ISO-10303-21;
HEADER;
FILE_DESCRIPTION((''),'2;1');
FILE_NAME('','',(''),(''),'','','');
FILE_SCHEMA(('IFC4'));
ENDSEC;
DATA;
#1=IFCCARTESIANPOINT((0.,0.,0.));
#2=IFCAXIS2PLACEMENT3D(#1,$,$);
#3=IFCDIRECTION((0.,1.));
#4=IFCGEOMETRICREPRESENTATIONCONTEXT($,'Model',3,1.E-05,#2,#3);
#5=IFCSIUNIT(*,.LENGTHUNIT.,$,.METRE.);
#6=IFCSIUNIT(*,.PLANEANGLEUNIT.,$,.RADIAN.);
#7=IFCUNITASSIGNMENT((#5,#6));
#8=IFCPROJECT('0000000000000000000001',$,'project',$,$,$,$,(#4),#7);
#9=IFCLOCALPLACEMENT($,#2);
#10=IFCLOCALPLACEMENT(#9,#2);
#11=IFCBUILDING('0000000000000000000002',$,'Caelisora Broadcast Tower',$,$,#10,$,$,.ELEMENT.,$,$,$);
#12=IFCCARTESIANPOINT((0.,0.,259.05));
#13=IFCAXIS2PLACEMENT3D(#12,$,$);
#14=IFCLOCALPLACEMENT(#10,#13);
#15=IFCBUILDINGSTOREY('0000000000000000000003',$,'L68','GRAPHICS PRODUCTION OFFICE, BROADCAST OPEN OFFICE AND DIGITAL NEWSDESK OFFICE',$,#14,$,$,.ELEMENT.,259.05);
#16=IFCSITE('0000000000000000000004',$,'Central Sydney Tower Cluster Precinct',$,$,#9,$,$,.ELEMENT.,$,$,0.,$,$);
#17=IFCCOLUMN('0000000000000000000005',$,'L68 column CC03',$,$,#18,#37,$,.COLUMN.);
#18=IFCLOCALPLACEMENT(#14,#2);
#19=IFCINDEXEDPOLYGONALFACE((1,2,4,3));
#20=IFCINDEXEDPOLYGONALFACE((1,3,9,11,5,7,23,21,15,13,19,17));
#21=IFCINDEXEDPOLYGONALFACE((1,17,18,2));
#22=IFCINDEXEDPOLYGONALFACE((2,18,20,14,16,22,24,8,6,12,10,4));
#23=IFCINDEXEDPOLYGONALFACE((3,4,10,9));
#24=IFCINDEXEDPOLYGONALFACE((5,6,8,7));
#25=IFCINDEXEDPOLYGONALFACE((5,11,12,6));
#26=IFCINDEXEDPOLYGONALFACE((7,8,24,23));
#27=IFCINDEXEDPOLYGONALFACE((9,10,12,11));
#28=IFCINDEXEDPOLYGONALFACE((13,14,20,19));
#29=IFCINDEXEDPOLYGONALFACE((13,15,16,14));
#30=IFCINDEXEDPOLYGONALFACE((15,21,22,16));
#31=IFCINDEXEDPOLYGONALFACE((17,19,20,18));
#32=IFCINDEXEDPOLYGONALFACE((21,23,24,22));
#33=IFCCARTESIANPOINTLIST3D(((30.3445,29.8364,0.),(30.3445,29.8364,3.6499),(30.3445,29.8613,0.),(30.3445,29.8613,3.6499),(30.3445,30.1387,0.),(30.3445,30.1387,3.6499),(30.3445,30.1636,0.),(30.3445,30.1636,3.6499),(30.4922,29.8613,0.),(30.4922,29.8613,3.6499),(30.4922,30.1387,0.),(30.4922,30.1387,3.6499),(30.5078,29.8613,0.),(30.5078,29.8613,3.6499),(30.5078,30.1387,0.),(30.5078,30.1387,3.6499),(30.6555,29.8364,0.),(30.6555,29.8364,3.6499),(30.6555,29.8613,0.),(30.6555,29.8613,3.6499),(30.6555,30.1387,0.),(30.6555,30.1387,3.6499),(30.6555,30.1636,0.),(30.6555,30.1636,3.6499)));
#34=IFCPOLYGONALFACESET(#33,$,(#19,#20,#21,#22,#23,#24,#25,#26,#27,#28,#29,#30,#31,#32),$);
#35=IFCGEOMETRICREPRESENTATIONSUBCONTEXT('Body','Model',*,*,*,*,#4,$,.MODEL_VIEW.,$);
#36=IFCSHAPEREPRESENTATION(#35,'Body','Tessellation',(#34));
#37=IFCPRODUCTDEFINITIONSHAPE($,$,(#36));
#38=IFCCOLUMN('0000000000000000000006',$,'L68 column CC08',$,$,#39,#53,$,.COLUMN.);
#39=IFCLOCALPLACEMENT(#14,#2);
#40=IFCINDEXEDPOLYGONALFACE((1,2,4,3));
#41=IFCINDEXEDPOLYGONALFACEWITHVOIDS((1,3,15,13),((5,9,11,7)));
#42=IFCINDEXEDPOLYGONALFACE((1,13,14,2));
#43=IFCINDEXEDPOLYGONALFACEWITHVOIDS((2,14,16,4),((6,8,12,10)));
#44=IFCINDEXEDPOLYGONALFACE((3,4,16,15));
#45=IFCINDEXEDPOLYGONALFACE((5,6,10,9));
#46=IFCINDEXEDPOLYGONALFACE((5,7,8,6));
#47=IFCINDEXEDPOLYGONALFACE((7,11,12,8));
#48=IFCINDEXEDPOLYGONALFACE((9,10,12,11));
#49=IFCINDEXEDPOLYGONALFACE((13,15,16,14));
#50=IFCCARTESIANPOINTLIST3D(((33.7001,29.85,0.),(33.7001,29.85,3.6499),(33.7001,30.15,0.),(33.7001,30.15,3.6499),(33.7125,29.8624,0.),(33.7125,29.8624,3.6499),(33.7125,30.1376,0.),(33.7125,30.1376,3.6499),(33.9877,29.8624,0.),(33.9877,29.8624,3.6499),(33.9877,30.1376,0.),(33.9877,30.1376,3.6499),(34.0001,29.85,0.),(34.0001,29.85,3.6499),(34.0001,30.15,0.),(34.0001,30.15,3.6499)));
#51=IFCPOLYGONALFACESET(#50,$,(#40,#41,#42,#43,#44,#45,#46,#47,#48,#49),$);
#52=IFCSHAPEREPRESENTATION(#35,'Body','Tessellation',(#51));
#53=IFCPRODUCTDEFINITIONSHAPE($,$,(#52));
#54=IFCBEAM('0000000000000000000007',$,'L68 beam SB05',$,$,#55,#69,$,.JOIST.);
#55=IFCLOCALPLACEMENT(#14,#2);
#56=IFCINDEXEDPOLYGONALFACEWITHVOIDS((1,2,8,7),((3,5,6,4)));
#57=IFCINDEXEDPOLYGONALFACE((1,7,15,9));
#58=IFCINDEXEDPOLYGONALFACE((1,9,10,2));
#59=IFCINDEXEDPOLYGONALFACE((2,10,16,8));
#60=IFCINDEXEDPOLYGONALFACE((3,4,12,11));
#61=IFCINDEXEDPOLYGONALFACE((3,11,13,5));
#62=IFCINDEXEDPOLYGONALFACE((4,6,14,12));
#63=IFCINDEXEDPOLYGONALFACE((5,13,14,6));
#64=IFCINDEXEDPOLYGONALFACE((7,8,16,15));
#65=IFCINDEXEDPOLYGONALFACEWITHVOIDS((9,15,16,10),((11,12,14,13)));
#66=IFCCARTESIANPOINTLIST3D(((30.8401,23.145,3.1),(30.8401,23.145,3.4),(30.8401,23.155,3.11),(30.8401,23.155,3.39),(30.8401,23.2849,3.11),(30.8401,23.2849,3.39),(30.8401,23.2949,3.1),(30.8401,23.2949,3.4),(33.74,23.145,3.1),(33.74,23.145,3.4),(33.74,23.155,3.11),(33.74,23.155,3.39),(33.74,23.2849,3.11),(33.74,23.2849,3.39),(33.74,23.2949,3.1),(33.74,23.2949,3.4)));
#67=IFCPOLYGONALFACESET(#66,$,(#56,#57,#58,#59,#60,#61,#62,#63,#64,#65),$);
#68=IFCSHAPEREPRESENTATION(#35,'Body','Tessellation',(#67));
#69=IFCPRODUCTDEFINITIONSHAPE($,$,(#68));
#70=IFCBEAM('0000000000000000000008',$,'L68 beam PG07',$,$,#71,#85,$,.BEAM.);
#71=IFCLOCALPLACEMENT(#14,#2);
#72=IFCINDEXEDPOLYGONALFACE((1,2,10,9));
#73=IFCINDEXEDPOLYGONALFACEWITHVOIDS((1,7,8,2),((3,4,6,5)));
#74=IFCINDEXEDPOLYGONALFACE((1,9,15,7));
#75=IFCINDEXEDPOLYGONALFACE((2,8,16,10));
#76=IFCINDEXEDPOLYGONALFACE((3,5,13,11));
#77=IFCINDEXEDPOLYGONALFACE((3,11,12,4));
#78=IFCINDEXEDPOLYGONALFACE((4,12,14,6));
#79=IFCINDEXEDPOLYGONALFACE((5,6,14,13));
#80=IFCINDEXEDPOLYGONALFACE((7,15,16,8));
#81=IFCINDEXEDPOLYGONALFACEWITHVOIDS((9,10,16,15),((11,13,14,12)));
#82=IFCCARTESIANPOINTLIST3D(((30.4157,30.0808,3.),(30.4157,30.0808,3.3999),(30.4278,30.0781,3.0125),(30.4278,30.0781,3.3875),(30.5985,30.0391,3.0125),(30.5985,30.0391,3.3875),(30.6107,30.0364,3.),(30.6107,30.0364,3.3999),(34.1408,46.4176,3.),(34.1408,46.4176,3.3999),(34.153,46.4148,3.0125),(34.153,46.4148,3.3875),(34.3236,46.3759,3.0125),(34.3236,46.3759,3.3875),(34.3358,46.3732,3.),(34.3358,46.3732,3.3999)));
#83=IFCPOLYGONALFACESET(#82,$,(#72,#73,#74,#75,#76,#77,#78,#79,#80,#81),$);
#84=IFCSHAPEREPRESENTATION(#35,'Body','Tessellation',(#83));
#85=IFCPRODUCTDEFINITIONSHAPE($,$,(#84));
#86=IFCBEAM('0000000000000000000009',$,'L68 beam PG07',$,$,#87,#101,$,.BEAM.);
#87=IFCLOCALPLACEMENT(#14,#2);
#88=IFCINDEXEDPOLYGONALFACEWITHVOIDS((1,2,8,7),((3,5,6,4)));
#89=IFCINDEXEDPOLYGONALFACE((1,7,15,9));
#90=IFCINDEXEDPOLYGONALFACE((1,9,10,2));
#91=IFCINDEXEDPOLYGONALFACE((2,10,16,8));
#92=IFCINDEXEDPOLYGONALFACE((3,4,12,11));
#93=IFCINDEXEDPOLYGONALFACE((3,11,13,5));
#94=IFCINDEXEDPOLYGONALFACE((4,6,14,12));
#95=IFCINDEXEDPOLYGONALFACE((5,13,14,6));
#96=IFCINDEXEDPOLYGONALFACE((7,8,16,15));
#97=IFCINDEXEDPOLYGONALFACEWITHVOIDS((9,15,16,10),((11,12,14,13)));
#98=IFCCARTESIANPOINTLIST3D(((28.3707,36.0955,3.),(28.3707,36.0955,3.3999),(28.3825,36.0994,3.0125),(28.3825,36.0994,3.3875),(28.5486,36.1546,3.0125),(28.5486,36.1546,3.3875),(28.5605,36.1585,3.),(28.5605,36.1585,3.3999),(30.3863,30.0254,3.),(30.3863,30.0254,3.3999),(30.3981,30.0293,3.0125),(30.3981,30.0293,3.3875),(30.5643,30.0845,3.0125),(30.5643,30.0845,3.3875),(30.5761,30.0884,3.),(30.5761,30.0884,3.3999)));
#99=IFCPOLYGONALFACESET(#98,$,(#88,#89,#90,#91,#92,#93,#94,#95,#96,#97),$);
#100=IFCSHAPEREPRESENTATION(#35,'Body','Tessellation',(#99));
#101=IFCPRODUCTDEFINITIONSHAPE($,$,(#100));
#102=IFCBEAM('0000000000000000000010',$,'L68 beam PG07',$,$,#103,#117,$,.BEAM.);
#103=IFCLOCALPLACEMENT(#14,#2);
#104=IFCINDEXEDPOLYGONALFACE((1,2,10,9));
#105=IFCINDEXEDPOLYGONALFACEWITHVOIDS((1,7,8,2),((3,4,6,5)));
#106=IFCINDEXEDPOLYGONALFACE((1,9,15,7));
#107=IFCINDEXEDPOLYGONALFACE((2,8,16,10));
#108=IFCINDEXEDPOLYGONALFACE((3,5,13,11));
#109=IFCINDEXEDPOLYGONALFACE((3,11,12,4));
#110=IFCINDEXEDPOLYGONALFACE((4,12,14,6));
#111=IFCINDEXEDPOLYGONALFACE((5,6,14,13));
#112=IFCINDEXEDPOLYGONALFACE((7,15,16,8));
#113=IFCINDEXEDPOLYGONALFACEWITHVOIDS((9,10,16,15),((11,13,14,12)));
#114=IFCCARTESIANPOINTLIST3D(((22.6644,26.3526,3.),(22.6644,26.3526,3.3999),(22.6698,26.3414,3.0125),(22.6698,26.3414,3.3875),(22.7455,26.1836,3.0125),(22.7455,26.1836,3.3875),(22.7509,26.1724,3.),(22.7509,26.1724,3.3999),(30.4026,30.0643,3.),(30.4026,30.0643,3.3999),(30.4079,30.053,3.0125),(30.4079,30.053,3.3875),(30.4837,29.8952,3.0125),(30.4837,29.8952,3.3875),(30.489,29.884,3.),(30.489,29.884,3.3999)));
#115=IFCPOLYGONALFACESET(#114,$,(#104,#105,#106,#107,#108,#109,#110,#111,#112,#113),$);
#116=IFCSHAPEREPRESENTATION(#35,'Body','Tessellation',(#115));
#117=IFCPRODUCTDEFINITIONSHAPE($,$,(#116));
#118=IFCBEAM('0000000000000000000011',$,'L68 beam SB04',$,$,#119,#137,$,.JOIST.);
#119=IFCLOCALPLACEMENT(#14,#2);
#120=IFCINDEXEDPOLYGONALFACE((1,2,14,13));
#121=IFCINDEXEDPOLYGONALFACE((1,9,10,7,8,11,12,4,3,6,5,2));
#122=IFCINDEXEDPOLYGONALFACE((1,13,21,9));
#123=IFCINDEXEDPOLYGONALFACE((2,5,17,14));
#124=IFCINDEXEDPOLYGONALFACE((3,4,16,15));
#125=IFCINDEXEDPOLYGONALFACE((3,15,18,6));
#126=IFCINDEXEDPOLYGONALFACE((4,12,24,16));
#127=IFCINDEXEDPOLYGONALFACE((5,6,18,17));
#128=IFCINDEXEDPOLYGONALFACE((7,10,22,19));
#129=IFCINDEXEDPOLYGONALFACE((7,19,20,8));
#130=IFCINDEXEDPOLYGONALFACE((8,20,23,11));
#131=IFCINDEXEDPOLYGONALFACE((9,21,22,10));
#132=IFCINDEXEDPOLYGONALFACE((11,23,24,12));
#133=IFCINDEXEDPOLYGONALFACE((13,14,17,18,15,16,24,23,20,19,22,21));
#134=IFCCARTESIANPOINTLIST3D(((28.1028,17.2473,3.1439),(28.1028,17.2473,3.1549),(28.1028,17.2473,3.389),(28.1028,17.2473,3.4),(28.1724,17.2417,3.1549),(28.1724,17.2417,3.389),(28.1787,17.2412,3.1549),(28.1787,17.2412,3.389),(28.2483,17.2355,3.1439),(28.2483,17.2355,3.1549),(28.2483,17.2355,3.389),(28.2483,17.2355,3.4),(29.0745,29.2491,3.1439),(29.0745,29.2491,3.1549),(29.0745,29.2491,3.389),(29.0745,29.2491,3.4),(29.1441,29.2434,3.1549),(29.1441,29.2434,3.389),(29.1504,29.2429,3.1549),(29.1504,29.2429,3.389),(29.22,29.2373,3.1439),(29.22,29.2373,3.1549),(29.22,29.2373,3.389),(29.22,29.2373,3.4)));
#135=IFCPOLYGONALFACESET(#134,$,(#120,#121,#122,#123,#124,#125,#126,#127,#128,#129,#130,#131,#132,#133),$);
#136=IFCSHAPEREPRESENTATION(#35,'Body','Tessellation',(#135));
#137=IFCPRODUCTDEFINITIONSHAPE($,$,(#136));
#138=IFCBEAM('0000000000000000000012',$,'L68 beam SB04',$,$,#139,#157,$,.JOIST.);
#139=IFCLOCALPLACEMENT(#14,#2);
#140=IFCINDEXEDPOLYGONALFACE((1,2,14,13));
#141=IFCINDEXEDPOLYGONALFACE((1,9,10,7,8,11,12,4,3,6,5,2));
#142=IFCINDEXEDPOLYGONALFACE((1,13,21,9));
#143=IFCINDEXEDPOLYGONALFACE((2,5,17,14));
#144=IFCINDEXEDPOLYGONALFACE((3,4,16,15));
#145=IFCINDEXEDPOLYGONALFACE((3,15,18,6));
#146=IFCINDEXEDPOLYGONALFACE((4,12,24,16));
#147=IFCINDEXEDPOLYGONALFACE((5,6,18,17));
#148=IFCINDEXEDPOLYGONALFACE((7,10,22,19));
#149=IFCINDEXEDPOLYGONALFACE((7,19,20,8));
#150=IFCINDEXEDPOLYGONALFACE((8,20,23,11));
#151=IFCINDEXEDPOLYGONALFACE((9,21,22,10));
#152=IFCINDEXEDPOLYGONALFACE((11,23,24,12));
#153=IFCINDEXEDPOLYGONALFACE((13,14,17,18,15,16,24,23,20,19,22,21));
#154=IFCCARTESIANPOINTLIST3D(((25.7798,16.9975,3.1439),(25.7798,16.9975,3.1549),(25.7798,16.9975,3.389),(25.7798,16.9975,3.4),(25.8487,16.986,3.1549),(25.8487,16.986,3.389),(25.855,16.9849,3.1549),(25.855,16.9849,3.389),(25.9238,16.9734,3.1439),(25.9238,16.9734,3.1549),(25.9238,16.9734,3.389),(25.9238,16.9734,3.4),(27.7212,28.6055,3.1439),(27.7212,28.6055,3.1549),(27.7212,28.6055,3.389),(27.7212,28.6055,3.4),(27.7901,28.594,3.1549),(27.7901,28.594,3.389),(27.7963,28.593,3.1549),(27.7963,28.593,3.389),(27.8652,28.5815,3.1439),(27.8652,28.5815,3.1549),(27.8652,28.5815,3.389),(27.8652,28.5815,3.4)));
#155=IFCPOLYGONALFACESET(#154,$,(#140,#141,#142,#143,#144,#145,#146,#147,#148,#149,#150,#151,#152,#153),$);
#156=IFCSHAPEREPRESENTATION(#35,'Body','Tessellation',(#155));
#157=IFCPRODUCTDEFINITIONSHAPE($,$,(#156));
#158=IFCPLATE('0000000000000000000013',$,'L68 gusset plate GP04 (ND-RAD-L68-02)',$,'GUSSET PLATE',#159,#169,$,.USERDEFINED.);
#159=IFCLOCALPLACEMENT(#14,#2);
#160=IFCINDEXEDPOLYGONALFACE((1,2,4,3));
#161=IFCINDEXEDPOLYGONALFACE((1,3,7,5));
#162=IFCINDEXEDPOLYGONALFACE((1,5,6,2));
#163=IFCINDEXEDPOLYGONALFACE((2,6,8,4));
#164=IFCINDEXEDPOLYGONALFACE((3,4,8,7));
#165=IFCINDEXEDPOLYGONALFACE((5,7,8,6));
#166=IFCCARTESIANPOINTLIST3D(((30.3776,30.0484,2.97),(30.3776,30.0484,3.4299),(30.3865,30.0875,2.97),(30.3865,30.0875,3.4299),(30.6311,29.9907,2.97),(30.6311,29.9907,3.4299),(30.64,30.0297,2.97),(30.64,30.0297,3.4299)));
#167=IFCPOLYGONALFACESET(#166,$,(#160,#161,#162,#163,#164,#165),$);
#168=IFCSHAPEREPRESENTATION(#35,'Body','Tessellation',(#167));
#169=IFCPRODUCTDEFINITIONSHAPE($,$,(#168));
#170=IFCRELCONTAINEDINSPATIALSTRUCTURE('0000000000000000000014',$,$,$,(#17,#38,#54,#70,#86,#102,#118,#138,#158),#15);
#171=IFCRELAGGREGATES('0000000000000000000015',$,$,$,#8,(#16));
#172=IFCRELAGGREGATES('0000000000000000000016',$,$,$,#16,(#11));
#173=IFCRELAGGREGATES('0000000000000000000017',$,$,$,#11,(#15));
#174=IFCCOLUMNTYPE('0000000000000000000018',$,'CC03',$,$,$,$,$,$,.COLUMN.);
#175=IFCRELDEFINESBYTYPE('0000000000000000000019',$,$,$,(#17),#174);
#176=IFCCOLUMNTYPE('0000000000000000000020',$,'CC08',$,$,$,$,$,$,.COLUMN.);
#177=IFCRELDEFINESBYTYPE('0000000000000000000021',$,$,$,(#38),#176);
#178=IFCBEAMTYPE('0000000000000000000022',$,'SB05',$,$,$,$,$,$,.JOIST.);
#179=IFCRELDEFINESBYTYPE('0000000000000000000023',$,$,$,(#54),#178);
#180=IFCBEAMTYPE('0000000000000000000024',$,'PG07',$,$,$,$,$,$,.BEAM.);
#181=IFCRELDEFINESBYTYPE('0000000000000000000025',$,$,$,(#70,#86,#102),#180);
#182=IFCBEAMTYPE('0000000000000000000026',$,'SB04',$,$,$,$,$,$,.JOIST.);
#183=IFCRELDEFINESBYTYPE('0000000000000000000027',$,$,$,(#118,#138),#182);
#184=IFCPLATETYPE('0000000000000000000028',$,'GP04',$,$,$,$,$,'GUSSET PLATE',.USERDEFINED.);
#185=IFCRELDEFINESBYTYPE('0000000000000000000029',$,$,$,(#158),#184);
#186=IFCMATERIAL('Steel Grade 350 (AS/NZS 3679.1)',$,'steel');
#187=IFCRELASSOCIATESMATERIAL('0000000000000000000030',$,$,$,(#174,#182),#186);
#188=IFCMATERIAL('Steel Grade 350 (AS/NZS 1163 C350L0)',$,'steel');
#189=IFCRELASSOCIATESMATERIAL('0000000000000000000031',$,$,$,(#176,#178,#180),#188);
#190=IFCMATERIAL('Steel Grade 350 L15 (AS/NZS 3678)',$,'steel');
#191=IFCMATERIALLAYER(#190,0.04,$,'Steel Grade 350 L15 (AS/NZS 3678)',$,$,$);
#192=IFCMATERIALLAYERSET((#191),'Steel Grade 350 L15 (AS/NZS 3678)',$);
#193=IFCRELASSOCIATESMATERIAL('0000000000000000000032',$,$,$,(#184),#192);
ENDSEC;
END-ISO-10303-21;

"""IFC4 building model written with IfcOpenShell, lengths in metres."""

from ifc_helpers import new_model, si_unit, direction, frame, origin, origin_2d, place, context, subcontext, project, spatial, rectangle, hollow_rectangle, i_section, extrude, source, transform, mapped, material, layer, layer_set, material_profile, profile_set, type_object, type_shapes, element, save


model = new_model("IFC4")

# Units and contexts
model_context = context("Model", 3, precision=1e-05, world=origin(), true_north=direction((0.0, 1.0)))
body_context = subcontext(model_context, "Body", "Model", "MODEL_VIEW")
ifc_project = project(units=[si_unit("LENGTHUNIT", "METRE"), si_unit("PLANEANGLEUNIT", "RADIAN")], contexts=[model_context])

# Site, building, storey
site_placement = place(None, origin())
site = spatial("IfcSite", under=ifc_project, at=site_placement, Name="Central Sydney Tower Cluster Precinct", CompositionType="ELEMENT", RefElevation=0.0)
building_placement = place(site_placement, origin())
building = spatial("IfcBuilding", under=site, at=building_placement, Name="Caelisora Broadcast Tower", CompositionType="ELEMENT")
storey_placement = place(building_placement, frame((0.0, 0.0, 259.05)))
storey = spatial("IfcBuildingStorey", under=building, at=storey_placement, Name="L68", Description="GRAPHICS PRODUCTION OFFICE, BROADCAST OPEN OFFICE AND DIGITAL NEWSDESK OFFICE", CompositionType="ELEMENT", Elevation=259.05)

# Columns
ifc_material_1 = material(Name="Steel Grade 350 (AS/NZS 3679.1)", Category="steel")
ifc_material_profile_1 = material_profile(ifc_material_1, i_section(OverallWidth=0.311, OverallDepth=0.3271, WebThickness=0.0156, FlangeThickness=0.0249, at=origin_2d()), Name="Steel Grade 350 (AS/NZS 3679.1)")
ifc_profile_set_1 = profile_set([ifc_material_profile_1], Name="Steel Grade 350 (AS/NZS 3679.1)")
column_type_1 = type_object("IfcColumnType", Name="CC03", PredefinedType="COLUMN", material=ifc_profile_set_1)
shared_shape_1 = source(origin(), body_context, "Body", "SweptSolid", [
    extrude(i_section(OverallWidth=0.311, OverallDepth=0.3271, WebThickness=0.0156, FlangeThickness=0.0249, at=origin_2d()), origin(), (0.0, 0.0, 1.0), 3.6499),
])
type_shapes(column_type_1, [shared_shape_1])
column_1_placement = place(storey_placement, frame((30.5, 30.0, 0.0), z_axis=(0.0, 0.0, 1.0), x_axis=(1.0, 0.0, 0.0)))
element("IfcColumn", 1, at=column_1_placement, inside=storey, type_object=column_type_1, Name="L68 column CC03", PredefinedType="COLUMN", context=body_context, shape_type="MappedRepresentation", body=[
    mapped(shared_shape_1, transform((0.0, 0.0, 0.0), scale=1.0)),
])
ifc_material_2 = material(Name="Steel Grade 350 (AS/NZS 1163 C350L0)", Category="steel")
ifc_material_profile_2 = material_profile(ifc_material_2, hollow_rectangle(XDim=0.3, YDim=0.3, WallThickness=0.0125, at=origin_2d()), Name="Steel Grade 350 (AS/NZS 1163 C350L0)")
ifc_profile_set_2 = profile_set([ifc_material_profile_2], Name="Steel Grade 350 (AS/NZS 1163 C350L0)")
column_type_2 = type_object("IfcColumnType", Name="CC08", PredefinedType="COLUMN", material=ifc_profile_set_2)
shared_shape_2 = source(origin(), body_context, "Body", "SweptSolid", [
    extrude(hollow_rectangle(XDim=0.3, YDim=0.3, WallThickness=0.0125, at=origin_2d()), origin(), (0.0, 0.0, 1.0), 3.6499),
])
type_shapes(column_type_2, [shared_shape_2])
column_2_placement = place(storey_placement, frame((33.8501, 30.0, 0.0), z_axis=(0.0, 0.0, 1.0), x_axis=(1.0, 0.0, 0.0)))
element("IfcColumn", 2, at=column_2_placement, inside=storey, type_object=column_type_2, Name="L68 column CC08", PredefinedType="COLUMN", context=body_context, shape_type="MappedRepresentation", body=[
    mapped(shared_shape_2, transform((0.0, 0.0, 0.0), scale=1.0)),
])

# Beams
ifc_material_profile_3 = material_profile(ifc_material_2, hollow_rectangle(XDim=0.1499, YDim=0.3, WallThickness=0.01, at=origin_2d()), Name="Steel Grade 350 (AS/NZS 1163 C350L0)")
ifc_profile_set_3 = profile_set([ifc_material_profile_3], Name="Steel Grade 350 (AS/NZS 1163 C350L0)")
beam_type_1 = type_object("IfcBeamType", Name="SB05", PredefinedType="JOIST", material=ifc_profile_set_3)
shared_shape_3 = source(origin(), body_context, "Body", "SweptSolid", [
    extrude(hollow_rectangle(XDim=0.1499, YDim=0.3, WallThickness=0.01, at=origin_2d()), origin(), (0.0, 0.0, 1.0), 2.8999),
])
type_shapes(beam_type_1, [shared_shape_3])
beam_1_placement = place(storey_placement, frame((30.8401, 23.22, 3.25), z_axis=(1.0, 0.0, 0.0), x_axis=(0.0, 1.0, 0.0)))
element("IfcBeam", 3, at=beam_1_placement, inside=storey, type_object=beam_type_1, Name="L68 beam SB05", PredefinedType="JOIST", context=body_context, shape_type="MappedRepresentation", body=[
    mapped(shared_shape_3, transform((0.0, 0.0, 0.0), scale=1.0)),
])
ifc_material_profile_4 = material_profile(ifc_material_2, hollow_rectangle(XDim=0.2, YDim=0.3999, WallThickness=0.0125, at=origin_2d()), Name="Steel Grade 350 (AS/NZS 1163 C350L0)")
ifc_profile_set_4 = profile_set([ifc_material_profile_4], Name="Steel Grade 350 (AS/NZS 1163 C350L0)")
beam_type_2 = type_object("IfcBeamType", Name="PG07", PredefinedType="BEAM", material=ifc_profile_set_4)
shared_shape_4 = source(origin(), body_context, "Body", "SweptSolid", [
    extrude(hollow_rectangle(XDim=0.2, YDim=0.3999, WallThickness=0.0125, at=origin_2d()), origin(), (0.0, 0.0, 1.0), 16.7561),
])
beam_2_placement = place(storey_placement, frame((30.5132, 30.0586, 3.2), z_axis=(0.222314, 0.974975, 0.0), x_axis=(-0.974975, 0.222314, 0.0)))
element("IfcBeam", 4, at=beam_2_placement, inside=storey, type_object=beam_type_2, Name="L68 beam PG07", PredefinedType="BEAM", context=body_context, shape_type="MappedRepresentation", body=[
    mapped(shared_shape_4, transform((0.0, 0.0, 0.0), scale=1.0)),
])
shared_shape_5 = source(origin(), body_context, "Body", "SweptSolid", [
    extrude(hollow_rectangle(XDim=0.2, YDim=0.3999, WallThickness=0.0125, at=origin_2d()), origin(), (0.0, 0.0, 1.0), 6.396),
])
beam_3_placement = place(storey_placement, frame((30.4812, 30.0569, 3.2), z_axis=(-0.31514, 0.949045, 0.0), x_axis=(-0.949045, -0.31514, 0.0)))
element("IfcBeam", 5, at=beam_3_placement, inside=storey, type_object=beam_type_2, Name="L68 beam PG07", PredefinedType="BEAM", context=body_context, shape_type="MappedRepresentation", body=[
    mapped(shared_shape_5, transform((0.0, 0.0, 0.0), scale=1.0)),
])
shared_shape_6 = source(origin(), body_context, "Body", "SweptSolid", [
    extrude(hollow_rectangle(XDim=0.2, YDim=0.3999, WallThickness=0.0125, at=origin_2d()), origin(), (0.0, 0.0, 1.0), 8.5823),
])
type_shapes(beam_type_2, [shared_shape_4, shared_shape_5, shared_shape_6])
beam_4_placement = place(storey_placement, frame((30.4458, 29.9741, 3.2), z_axis=(-0.901646, -0.432475, 0.0), x_axis=(0.432475, -0.901646, 0.0)))
element("IfcBeam", 6, at=beam_4_placement, inside=storey, type_object=beam_type_2, Name="L68 beam PG07", PredefinedType="BEAM", context=body_context, shape_type="MappedRepresentation", body=[
    mapped(shared_shape_6, transform((0.0, 0.0, 0.0), scale=1.0)),
])
ifc_material_profile_5 = material_profile(ifc_material_1, i_section(OverallWidth=0.146, OverallDepth=0.2561, WebThickness=0.0063, FlangeThickness=0.011, at=origin_2d()), Name="Steel Grade 350 (AS/NZS 3679.1)")
ifc_profile_set_5 = profile_set([ifc_material_profile_5], Name="Steel Grade 350 (AS/NZS 3679.1)")
beam_type_3 = type_object("IfcBeamType", Name="SB04", PredefinedType="JOIST", material=ifc_profile_set_5)
shared_shape_7 = source(origin(), body_context, "Body", "SweptSolid", [
    extrude(i_section(OverallWidth=0.146, OverallDepth=0.2561, WebThickness=0.0063, FlangeThickness=0.011, at=origin_2d()), origin(), (0.0, 0.0, 1.0), 12.041),
])
beam_5_placement = place(storey_placement, frame((29.1472, 29.2432, 3.272), z_axis=(-0.080698, -0.996739, 0.0), x_axis=(0.996739, -0.080698, 0.0)))
element("IfcBeam", 7, at=beam_5_placement, inside=storey, type_object=beam_type_3, Name="L68 beam SB04", PredefinedType="JOIST", context=body_context, shape_type="MappedRepresentation", body=[
    mapped(shared_shape_7, transform((0.0, 0.0, 0.0), scale=1.0)),
])
shared_shape_8 = source(origin(), body_context, "Body", "SweptSolid", [
    extrude(i_section(OverallWidth=0.146, OverallDepth=0.2561, WebThickness=0.0063, FlangeThickness=0.011, at=origin_2d()), origin(), (0.0, 0.0, 1.0), 11.7693),
])
type_shapes(beam_type_3, [shared_shape_7, shared_shape_8])
beam_6_placement = place(storey_placement, frame((27.7932, 28.5935, 3.272), z_axis=(-0.164954, -0.986301, 0.0), x_axis=(0.986301, -0.164954, 0.0)))
element("IfcBeam", 8, at=beam_6_placement, inside=storey, type_object=beam_type_3, Name="L68 beam SB04", PredefinedType="JOIST", context=body_context, shape_type="MappedRepresentation", body=[
    mapped(shared_shape_8, transform((0.0, 0.0, 0.0), scale=1.0)),
])

# Plate
ifc_material_3 = material(Name="Steel Grade 350 L15 (AS/NZS 3678)", Category="steel")
ifc_layer_1 = layer(ifc_material_3, 0.04, Name="Steel Grade 350 L15 (AS/NZS 3678)")
ifc_layer_set_1 = layer_set([ifc_layer_1], Name="Steel Grade 350 L15 (AS/NZS 3678)")
plate_type = type_object("IfcPlateType", Name="GP04", ElementType="GUSSET PLATE", PredefinedType="USERDEFINED", material=ifc_layer_set_1)
shared_shape_9 = source(origin(), body_context, "Body", "SweptSolid", [
    extrude(rectangle(XDim=0.26, YDim=0.04, at=origin_2d()), origin(), (0.0, 0.0, 1.0), 0.46),
])
type_shapes(plate_type, [shared_shape_9])
for number, where, z_axis, x_axis, name in (
    (9, (30.5088, 30.0391, 2.97), (0.0, 0.0, 1.0), (-0.974994, 0.222229, 0.0), "L68 gusset plate GP04 (ND-RAD-L68-02)"),
):
    element("IfcPlate", number, at=place(storey_placement, frame(where, z_axis=z_axis, x_axis=x_axis)), inside=storey, type_object=plate_type, Name=name, ObjectType="GUSSET PLATE", PredefinedType="USERDEFINED", context=body_context, shape_type="MappedRepresentation", body=[
        mapped(shared_shape_9, transform((0.0, 0.0, 0.0), scale=1.0)),
    ])

save(model, "model.ifc")
